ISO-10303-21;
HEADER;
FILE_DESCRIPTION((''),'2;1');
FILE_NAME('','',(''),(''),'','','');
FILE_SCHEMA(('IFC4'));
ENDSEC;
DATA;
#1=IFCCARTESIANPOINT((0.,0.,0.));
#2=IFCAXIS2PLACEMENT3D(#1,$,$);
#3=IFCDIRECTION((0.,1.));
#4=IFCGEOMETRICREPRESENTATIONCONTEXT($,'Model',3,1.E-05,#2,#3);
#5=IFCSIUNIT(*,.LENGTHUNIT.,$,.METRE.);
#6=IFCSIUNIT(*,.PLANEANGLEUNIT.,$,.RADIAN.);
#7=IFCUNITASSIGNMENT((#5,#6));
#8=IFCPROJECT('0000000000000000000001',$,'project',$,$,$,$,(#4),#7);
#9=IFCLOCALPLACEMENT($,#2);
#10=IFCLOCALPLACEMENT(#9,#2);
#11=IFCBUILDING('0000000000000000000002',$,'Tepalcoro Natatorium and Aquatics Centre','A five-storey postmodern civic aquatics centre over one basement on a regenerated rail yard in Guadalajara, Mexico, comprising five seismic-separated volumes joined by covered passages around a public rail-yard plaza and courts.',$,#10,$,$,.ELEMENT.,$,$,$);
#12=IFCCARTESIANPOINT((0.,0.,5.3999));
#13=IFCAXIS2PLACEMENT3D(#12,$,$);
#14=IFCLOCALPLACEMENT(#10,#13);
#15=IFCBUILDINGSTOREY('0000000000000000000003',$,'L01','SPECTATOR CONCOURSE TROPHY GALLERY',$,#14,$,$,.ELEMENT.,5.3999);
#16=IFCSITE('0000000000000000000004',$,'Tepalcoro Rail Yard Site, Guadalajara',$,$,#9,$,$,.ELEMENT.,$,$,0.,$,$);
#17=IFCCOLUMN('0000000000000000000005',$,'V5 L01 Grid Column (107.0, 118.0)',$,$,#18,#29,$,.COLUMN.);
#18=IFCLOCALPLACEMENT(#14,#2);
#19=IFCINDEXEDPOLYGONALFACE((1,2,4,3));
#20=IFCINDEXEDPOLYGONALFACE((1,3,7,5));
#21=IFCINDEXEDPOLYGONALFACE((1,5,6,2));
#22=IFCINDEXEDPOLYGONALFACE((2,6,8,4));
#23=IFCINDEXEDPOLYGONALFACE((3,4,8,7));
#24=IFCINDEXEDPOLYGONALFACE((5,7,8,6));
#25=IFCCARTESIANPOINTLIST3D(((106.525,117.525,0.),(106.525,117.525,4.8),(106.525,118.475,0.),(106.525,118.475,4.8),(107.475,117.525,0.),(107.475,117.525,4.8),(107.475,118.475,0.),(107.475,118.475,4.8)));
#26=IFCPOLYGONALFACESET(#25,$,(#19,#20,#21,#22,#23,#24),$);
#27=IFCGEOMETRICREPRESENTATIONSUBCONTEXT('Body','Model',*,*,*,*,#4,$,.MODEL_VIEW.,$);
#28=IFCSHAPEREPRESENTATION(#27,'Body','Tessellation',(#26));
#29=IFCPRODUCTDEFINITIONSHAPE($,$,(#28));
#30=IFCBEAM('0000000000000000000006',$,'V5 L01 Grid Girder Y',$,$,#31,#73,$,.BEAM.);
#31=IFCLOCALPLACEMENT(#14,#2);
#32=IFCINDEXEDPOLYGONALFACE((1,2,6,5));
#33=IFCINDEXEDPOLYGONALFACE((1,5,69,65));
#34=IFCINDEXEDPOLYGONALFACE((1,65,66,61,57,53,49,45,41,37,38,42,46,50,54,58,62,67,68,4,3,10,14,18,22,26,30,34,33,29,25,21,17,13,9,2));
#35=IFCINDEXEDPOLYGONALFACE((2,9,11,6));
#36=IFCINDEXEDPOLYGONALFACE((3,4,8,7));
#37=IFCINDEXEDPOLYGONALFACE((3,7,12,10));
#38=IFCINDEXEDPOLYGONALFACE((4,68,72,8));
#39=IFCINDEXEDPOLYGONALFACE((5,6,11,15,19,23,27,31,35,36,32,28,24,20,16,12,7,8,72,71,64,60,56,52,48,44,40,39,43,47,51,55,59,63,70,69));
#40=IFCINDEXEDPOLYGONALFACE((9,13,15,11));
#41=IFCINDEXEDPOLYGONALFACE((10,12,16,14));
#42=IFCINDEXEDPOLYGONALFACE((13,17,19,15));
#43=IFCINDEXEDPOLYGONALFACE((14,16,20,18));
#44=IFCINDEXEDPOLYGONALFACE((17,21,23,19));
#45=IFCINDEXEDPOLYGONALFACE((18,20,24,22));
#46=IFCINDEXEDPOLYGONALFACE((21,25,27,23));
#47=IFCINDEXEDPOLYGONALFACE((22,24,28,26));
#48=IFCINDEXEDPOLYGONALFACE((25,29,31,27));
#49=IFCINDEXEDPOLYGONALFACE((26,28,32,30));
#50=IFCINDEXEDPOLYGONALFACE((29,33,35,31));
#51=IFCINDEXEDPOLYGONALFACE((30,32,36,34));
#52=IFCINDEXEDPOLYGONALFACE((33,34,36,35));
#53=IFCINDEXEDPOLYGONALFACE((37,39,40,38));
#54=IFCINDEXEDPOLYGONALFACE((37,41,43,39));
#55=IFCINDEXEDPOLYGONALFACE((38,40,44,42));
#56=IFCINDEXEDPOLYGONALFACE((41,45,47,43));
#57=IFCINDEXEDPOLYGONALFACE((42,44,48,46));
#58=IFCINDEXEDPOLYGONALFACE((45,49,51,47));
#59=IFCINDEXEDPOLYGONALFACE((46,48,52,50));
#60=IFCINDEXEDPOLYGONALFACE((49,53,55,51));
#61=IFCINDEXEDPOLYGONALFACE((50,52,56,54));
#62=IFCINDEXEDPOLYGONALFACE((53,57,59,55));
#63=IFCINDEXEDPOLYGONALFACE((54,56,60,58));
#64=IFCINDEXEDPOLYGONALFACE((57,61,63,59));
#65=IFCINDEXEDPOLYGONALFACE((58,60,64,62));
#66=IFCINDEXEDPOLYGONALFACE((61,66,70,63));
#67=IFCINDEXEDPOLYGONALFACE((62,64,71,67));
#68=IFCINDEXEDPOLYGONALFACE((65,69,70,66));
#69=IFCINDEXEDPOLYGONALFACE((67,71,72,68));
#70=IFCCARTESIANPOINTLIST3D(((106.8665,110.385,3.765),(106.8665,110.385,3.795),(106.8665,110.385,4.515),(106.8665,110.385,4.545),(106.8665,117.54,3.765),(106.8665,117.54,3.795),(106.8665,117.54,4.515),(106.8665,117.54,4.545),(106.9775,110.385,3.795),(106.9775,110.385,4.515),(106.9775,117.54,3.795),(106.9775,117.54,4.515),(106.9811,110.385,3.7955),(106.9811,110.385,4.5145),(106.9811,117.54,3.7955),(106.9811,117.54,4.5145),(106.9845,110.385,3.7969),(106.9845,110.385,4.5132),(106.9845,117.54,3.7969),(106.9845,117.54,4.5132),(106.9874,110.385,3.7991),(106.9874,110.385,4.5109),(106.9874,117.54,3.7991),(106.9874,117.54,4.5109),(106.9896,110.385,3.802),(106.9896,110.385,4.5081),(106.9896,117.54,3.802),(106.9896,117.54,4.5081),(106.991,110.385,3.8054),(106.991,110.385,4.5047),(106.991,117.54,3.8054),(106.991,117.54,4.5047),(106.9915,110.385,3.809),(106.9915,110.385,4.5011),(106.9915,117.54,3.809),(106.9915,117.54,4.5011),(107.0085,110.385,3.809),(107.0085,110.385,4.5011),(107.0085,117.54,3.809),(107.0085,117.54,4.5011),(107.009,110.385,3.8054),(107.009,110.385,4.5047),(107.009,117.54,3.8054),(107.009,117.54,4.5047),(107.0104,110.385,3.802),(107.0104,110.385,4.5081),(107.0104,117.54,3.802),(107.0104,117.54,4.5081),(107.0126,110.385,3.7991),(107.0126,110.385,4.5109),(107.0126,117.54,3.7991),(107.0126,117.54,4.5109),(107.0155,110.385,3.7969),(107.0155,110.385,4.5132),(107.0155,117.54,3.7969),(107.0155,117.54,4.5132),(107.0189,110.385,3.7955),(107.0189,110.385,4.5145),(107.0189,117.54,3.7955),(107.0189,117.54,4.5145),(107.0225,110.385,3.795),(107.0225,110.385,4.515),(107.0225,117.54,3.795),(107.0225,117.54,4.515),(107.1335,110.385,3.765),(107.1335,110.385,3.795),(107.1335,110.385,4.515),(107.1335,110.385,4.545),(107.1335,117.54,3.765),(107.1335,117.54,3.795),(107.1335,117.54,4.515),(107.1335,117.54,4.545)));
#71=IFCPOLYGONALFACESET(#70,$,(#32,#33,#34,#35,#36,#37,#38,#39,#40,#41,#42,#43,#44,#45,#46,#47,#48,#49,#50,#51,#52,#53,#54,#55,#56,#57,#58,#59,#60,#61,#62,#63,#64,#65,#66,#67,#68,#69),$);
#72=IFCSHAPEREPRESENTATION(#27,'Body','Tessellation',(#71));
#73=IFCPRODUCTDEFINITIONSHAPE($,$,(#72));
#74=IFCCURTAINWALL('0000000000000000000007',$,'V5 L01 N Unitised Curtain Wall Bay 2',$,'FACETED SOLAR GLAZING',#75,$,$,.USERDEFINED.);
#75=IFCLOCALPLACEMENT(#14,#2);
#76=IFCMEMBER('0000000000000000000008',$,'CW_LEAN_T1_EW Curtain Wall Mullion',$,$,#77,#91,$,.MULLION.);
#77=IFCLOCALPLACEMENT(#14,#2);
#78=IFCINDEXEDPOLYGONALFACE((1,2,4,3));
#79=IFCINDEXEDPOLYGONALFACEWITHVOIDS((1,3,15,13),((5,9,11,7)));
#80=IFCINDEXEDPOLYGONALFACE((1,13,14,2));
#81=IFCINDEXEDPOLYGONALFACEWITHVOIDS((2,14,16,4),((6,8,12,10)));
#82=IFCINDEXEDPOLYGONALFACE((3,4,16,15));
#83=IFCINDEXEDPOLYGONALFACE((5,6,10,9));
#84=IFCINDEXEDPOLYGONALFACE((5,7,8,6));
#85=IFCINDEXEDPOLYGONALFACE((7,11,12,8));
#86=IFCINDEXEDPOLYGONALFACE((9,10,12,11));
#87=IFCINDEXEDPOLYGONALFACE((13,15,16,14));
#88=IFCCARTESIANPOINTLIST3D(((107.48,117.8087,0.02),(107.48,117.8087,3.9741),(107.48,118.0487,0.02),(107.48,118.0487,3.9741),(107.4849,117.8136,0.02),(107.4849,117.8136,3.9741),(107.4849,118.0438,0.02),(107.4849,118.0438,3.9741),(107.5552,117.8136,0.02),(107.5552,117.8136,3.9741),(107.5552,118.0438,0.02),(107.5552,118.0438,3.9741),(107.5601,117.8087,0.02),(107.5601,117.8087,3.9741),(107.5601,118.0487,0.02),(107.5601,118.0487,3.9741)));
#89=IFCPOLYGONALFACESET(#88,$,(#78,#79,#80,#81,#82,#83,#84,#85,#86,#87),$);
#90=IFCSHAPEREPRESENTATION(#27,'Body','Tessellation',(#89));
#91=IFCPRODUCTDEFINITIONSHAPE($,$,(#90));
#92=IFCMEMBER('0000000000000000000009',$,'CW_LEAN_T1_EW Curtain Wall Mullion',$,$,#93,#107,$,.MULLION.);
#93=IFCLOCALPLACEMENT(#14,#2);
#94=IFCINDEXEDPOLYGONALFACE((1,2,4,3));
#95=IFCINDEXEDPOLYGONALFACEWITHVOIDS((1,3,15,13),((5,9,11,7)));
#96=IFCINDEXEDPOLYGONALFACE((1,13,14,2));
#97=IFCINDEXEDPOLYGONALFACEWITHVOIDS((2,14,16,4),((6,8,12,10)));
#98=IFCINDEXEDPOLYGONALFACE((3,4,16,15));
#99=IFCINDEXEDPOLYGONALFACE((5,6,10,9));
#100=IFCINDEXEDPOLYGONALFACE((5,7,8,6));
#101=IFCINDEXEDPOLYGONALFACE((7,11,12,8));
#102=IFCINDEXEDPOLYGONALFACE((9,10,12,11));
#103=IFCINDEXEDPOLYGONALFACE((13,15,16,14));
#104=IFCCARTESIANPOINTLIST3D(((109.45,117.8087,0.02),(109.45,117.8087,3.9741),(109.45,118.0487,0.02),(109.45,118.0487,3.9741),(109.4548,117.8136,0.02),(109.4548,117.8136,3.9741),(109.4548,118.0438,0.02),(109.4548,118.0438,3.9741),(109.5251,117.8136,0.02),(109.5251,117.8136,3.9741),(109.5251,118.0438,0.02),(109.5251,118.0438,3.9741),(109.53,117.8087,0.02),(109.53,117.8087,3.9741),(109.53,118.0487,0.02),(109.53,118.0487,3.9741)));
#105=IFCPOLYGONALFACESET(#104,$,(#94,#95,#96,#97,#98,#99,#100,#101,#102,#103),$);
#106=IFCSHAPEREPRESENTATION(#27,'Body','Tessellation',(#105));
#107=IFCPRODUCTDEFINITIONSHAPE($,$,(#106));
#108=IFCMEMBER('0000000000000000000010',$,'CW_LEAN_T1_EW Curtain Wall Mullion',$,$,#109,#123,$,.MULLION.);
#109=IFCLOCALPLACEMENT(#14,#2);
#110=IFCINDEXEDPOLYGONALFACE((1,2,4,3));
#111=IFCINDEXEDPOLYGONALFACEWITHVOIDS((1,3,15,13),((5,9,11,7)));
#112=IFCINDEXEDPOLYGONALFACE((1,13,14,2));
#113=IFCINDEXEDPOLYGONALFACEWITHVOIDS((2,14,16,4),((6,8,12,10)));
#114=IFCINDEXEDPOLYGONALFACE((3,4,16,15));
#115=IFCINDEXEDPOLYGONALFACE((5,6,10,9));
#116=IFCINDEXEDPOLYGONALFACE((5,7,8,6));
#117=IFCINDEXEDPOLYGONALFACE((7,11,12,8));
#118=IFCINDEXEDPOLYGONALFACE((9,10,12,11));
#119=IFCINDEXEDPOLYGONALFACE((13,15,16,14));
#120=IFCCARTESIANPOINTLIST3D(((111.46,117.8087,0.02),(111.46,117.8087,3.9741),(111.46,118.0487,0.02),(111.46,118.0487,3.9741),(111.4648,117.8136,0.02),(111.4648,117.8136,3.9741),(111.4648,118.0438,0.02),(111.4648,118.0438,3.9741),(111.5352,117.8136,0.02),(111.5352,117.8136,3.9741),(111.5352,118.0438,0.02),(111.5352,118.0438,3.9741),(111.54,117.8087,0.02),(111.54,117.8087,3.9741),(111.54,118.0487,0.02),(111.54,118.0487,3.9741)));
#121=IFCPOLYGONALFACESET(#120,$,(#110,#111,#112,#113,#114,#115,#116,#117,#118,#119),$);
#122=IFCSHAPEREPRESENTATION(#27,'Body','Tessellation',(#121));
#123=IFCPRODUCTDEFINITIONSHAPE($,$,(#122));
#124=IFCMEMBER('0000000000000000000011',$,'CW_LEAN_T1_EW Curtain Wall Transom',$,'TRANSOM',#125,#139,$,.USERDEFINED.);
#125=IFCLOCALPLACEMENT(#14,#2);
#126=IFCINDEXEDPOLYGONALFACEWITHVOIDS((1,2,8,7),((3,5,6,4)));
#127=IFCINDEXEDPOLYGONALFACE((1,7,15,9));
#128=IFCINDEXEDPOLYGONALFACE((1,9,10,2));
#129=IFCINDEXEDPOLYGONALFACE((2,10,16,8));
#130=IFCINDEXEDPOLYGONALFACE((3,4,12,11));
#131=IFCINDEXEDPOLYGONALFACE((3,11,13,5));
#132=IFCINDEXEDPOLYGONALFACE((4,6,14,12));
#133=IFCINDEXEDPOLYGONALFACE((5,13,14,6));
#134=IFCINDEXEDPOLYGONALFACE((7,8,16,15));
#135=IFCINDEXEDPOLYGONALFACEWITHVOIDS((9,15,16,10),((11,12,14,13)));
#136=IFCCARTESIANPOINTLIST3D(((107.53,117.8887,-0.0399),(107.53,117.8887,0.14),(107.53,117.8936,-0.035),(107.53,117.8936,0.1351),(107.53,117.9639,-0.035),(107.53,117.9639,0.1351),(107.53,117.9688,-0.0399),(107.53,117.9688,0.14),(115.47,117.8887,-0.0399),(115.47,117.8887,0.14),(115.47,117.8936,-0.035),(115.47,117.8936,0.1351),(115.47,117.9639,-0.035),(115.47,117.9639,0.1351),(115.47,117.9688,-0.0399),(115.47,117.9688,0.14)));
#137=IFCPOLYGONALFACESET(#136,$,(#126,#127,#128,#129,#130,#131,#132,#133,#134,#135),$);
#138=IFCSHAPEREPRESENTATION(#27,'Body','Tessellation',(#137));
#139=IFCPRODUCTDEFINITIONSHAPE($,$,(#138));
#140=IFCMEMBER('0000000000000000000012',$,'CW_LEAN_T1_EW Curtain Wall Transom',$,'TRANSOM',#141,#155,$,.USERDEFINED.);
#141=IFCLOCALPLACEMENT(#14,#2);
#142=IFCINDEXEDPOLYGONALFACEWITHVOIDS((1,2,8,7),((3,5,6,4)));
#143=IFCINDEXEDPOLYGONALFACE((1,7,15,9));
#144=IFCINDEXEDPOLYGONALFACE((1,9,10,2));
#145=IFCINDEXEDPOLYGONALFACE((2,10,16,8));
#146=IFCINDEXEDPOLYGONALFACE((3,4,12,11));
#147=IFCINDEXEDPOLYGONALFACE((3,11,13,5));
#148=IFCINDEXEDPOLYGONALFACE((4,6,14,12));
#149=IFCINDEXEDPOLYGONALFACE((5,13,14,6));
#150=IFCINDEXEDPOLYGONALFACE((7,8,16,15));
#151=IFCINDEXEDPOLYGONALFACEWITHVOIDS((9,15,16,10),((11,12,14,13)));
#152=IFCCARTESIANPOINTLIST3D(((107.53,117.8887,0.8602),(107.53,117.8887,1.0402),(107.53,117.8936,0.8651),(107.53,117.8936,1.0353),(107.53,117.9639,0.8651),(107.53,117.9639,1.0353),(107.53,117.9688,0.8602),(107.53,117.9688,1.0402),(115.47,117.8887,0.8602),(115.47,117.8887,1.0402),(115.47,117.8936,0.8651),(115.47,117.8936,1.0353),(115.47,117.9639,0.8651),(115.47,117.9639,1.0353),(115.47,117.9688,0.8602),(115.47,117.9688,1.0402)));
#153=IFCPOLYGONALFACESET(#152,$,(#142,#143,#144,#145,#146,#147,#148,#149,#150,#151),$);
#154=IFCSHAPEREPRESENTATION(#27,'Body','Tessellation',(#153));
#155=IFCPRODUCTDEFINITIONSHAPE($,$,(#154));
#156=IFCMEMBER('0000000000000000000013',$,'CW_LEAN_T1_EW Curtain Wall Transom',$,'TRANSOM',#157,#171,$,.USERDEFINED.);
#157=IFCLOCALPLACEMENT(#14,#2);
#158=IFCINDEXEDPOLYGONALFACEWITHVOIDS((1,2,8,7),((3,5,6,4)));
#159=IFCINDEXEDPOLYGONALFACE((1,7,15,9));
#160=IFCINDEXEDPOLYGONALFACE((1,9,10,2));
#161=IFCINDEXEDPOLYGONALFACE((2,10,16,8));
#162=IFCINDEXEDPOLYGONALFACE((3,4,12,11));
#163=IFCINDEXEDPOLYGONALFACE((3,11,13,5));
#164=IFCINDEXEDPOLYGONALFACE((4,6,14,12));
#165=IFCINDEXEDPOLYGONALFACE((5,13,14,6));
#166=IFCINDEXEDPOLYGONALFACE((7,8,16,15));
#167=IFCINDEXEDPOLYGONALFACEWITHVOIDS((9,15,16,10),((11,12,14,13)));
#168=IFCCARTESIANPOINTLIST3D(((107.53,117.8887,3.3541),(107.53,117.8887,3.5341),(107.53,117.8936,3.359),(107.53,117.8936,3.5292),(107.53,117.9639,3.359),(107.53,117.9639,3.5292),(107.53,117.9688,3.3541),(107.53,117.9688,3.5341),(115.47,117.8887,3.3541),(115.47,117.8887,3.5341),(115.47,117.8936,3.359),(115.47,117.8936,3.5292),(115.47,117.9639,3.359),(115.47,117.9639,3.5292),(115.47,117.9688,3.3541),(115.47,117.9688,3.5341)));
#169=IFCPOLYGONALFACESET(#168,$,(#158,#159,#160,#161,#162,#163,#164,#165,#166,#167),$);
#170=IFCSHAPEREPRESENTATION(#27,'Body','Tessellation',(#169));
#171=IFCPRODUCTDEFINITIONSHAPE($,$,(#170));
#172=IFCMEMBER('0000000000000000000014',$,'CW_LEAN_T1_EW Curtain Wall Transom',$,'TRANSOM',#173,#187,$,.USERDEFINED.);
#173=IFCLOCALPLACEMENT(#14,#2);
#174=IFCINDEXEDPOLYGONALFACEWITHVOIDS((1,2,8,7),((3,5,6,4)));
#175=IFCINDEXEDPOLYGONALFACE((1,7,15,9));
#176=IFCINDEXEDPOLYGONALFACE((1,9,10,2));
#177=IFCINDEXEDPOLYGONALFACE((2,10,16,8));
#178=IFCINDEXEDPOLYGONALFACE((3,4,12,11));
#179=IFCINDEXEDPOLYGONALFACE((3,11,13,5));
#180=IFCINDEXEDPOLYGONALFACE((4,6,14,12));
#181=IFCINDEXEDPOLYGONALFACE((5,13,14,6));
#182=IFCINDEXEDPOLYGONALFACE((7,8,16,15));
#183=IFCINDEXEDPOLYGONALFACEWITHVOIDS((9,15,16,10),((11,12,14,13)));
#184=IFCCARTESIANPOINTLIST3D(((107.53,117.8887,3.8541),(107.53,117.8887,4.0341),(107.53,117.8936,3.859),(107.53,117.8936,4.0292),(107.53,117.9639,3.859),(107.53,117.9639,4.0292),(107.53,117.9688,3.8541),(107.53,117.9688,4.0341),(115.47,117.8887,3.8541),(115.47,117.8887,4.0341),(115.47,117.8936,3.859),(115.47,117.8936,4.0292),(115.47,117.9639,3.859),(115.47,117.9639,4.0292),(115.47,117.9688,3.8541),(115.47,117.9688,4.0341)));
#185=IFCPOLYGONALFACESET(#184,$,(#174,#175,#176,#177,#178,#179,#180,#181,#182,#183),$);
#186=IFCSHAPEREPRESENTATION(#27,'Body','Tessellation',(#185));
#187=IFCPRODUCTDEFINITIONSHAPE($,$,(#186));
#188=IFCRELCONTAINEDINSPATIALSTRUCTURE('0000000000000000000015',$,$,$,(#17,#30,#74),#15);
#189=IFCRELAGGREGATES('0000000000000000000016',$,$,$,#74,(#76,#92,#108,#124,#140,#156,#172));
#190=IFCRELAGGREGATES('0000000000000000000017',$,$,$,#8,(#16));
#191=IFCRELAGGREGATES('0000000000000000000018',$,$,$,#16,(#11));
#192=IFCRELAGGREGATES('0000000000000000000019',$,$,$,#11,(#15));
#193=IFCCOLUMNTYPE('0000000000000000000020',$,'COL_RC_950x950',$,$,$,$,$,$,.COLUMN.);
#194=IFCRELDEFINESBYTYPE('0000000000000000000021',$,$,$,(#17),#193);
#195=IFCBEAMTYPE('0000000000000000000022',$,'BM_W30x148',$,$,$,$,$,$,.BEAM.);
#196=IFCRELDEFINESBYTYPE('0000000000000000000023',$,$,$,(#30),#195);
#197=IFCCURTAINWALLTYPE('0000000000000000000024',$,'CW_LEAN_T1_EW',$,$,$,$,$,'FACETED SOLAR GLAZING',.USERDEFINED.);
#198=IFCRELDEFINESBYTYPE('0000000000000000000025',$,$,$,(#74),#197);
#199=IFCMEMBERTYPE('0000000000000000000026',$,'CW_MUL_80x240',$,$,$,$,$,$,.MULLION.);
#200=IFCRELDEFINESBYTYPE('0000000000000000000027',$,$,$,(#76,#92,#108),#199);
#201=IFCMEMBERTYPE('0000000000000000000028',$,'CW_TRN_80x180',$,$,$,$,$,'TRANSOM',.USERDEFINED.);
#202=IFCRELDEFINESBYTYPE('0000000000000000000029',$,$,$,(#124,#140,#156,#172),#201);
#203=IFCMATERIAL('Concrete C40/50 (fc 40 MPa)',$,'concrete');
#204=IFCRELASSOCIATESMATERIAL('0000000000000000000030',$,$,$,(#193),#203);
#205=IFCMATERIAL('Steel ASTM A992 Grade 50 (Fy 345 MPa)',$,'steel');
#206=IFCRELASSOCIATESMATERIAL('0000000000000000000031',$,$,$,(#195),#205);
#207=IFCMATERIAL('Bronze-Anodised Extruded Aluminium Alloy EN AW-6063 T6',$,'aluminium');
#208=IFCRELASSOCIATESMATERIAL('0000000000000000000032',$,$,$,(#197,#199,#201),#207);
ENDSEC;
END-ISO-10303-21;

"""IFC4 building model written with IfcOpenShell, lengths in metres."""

from ifc_helpers import new_model, si_unit, direction, frame, origin, origin_2d, place, context, subcontext, project, spatial, rectangle, hollow_rectangle, i_section, extrude, material, material_profile, profile_set, type_object, element, aggregate, save


model = new_model("IFC4")

# Units and contexts
model_context = context("Model", 3, precision=1e-05, world=origin(), true_north=direction((0.0, 1.0)))
body_context = subcontext(model_context, "Body", "Model", "MODEL_VIEW")
ifc_project = project(units=[si_unit("LENGTHUNIT", "METRE"), si_unit("PLANEANGLEUNIT", "RADIAN")], contexts=[model_context])

# Site, building, storey
site_placement = place(None, origin())
site = spatial("IfcSite", under=ifc_project, at=site_placement, Name="Tepalcoro Rail Yard Site, Guadalajara", CompositionType="ELEMENT", RefElevation=0.0)
building_placement = place(site_placement, origin())
building = spatial("IfcBuilding", under=site, at=building_placement, Name="Tepalcoro Natatorium and Aquatics Centre", Description="A five-storey postmodern civic aquatics centre over one basement on a regenerated rail yard in Guadalajara, Mexico, comprising five seismic-separated volumes joined by covered passages around a public rail-yard plaza and courts.", CompositionType="ELEMENT")
storey_placement = place(building_placement, frame((0.0, 0.0, 5.3999)))
storey = spatial("IfcBuildingStorey", under=building, at=storey_placement, Name="L01", Description="SPECTATOR CONCOURSE TROPHY GALLERY", CompositionType="ELEMENT", Elevation=5.3999)

# Column
ifc_material_1 = material(Name="Concrete C40/50 (fc 40 MPa)", Category="concrete")
ifc_material_profile_1 = material_profile(ifc_material_1, rectangle(XDim=0.95, YDim=0.95, at=origin_2d()), Name="RC950x950")
ifc_profile_set_1 = profile_set([ifc_material_profile_1], Name="Concrete C40/50 (fc 40 MPa)")
column_type = type_object("IfcColumnType", Name="COL_RC_950x950", PredefinedType="COLUMN", material=ifc_profile_set_1)
column_placement = place(storey_placement, frame((107.0, 118.0, 0.0), z_axis=(0.0, 0.0, 1.0), x_axis=(1.0, 0.0, 0.0)))
element("IfcColumn", 1, at=column_placement, inside=storey, type_object=column_type, Name="V5 L01 Grid Column (107.0, 118.0)", PredefinedType="COLUMN", context=body_context, shape_type="SweptSolid", body=[
    extrude(rectangle(XDim=0.95, YDim=0.95, at=origin_2d()), origin(), (0.0, 0.0, 1.0), 4.8),
])

# Beam
ifc_material_2 = material(Name="Steel ASTM A992 Grade 50 (Fy 345 MPa)", Category="steel")
ifc_material_profile_2 = material_profile(ifc_material_2, i_section(OverallWidth=0.2671, OverallDepth=0.78, WebThickness=0.0171, FlangeThickness=0.03, FilletRadius=0.0139, at=origin_2d()), Name="W30X148")
ifc_profile_set_2 = profile_set([ifc_material_profile_2], Name="Steel ASTM A992 Grade 50 (Fy 345 MPa)")
beam_type_1 = type_object("IfcBeamType", Name="BM_W30x148", PredefinedType="BEAM", material=ifc_profile_set_2)
beam_1_placement = place(storey_placement, frame((107.0, 110.385, 4.155), z_axis=(0.0, 1.0, 0.0), x_axis=(-1.0, 0.0, 0.0)))
element("IfcBeam", 2, at=beam_1_placement, inside=storey, type_object=beam_type_1, Name="V5 L01 Grid Girder Y", PredefinedType="BEAM", context=body_context, shape_type="SweptSolid", body=[
    extrude(i_section(OverallWidth=0.2671, OverallDepth=0.78, WebThickness=0.0171, FlangeThickness=0.03, FilletRadius=0.0139, at=origin_2d()), origin(), (0.0, 0.0, 1.0), 7.155),
])

# Curtain wall, members
ifc_material_3 = material(Name="Bronze-Anodised Extruded Aluminium Alloy EN AW-6063 T6", Category="aluminium")
curtain_wall_type = type_object("IfcCurtainWallType", Name="CW_LEAN_T1_EW", ElementType="FACETED SOLAR GLAZING", PredefinedType="USERDEFINED", material=ifc_material_3)
curtain_wall_placement = place(storey_placement, origin())
curtain_wall = element("IfcCurtainWall", 3, at=curtain_wall_placement, inside=storey, type_object=curtain_wall_type, Name="V5 L01 N Unitised Curtain Wall Bay 2", ObjectType="FACETED SOLAR GLAZING", PredefinedType="USERDEFINED")
ifc_material_profile_3 = material_profile(ifc_material_3, hollow_rectangle(XDim=0.0801, YDim=0.24, WallThickness=0.0049, at=origin_2d()), Name="AL80X240X5")
ifc_profile_set_3 = profile_set([ifc_material_profile_3], Name="Bronze-Anodised Extruded Aluminium Alloy EN AW-6063 T6")
member_type_1 = type_object("IfcMemberType", Name="CW_MUL_80x240", PredefinedType="MULLION", material=ifc_profile_set_3)
member_1_placement = place(storey_placement, frame((107.52, 117.9287, 0.02), z_axis=(0.0, 0.0, 1.0), x_axis=(1.0, 0.0, 0.0)))
member_1 = element("IfcMember", 4, at=member_1_placement, type_object=member_type_1, Name="CW_LEAN_T1_EW Curtain Wall Mullion", PredefinedType="MULLION", context=body_context, shape_type="SweptSolid", body=[
    extrude(hollow_rectangle(XDim=0.0801, YDim=0.24, WallThickness=0.0049, at=origin_2d()), origin(), (0.0, 0.0, 1.0), 3.9541),
])
member_2_placement = place(storey_placement, frame((109.49, 117.9287, 0.02), z_axis=(0.0, 0.0, 1.0), x_axis=(1.0, 0.0, 0.0)))
member_2 = element("IfcMember", 5, at=member_2_placement, type_object=member_type_1, Name="CW_LEAN_T1_EW Curtain Wall Mullion", PredefinedType="MULLION", context=body_context, shape_type="SweptSolid", body=[
    extrude(hollow_rectangle(XDim=0.0801, YDim=0.24, WallThickness=0.0049, at=origin_2d()), origin(), (0.0, 0.0, 1.0), 3.9541),
])
member_3_placement = place(storey_placement, frame((111.5, 117.9287, 0.02), z_axis=(0.0, 0.0, 1.0), x_axis=(1.0, 0.0, 0.0)))
member_3 = element("IfcMember", 6, at=member_3_placement, type_object=member_type_1, Name="CW_LEAN_T1_EW Curtain Wall Mullion", PredefinedType="MULLION", context=body_context, shape_type="SweptSolid", body=[
    extrude(hollow_rectangle(XDim=0.0801, YDim=0.24, WallThickness=0.0049, at=origin_2d()), origin(), (0.0, 0.0, 1.0), 3.9541),
])
ifc_material_profile_4 = material_profile(ifc_material_3, hollow_rectangle(XDim=0.0801, YDim=0.1799, WallThickness=0.0049, at=origin_2d()), Name="AL80X180X5")
ifc_profile_set_4 = profile_set([ifc_material_profile_4], Name="Bronze-Anodised Extruded Aluminium Alloy EN AW-6063 T6")
member_type_2 = type_object("IfcMemberType", Name="CW_TRN_80x180", ElementType="TRANSOM", PredefinedType="USERDEFINED", material=ifc_profile_set_4)
member_4_placement = place(storey_placement, frame((107.53, 117.9287, 0.05), z_axis=(1.0, 0.0, 0.0), x_axis=(0.0, 1.0, 0.0)))
member_4 = element("IfcMember", 7, at=member_4_placement, type_object=member_type_2, Name="CW_LEAN_T1_EW Curtain Wall Transom", ObjectType="TRANSOM", PredefinedType="USERDEFINED", context=body_context, shape_type="SweptSolid", body=[
    extrude(hollow_rectangle(XDim=0.0801, YDim=0.1799, WallThickness=0.0049, at=origin_2d()), origin(), (0.0, 0.0, 1.0), 7.9399),
])
member_5_placement = place(storey_placement, frame((107.53, 117.9287, 0.9502), z_axis=(1.0, 0.0, 0.0), x_axis=(0.0, 1.0, 0.0)))
member_5 = element("IfcMember", 8, at=member_5_placement, type_object=member_type_2, Name="CW_LEAN_T1_EW Curtain Wall Transom", ObjectType="TRANSOM", PredefinedType="USERDEFINED", context=body_context, shape_type="SweptSolid", body=[
    extrude(hollow_rectangle(XDim=0.0801, YDim=0.1799, WallThickness=0.0049, at=origin_2d()), origin(), (0.0, 0.0, 1.0), 7.9399),
])
member_6_placement = place(storey_placement, frame((107.53, 117.9287, 3.4441), z_axis=(1.0, 0.0, 0.0), x_axis=(0.0, 1.0, 0.0)))
member_6 = element("IfcMember", 9, at=member_6_placement, type_object=member_type_2, Name="CW_LEAN_T1_EW Curtain Wall Transom", ObjectType="TRANSOM", PredefinedType="USERDEFINED", context=body_context, shape_type="SweptSolid", body=[
    extrude(hollow_rectangle(XDim=0.0801, YDim=0.1799, WallThickness=0.0049, at=origin_2d()), origin(), (0.0, 0.0, 1.0), 7.9399),
])
member_7_placement = place(storey_placement, frame((107.53, 117.9287, 3.9441), z_axis=(1.0, 0.0, 0.0), x_axis=(0.0, 1.0, 0.0)))
member_7 = element("IfcMember", 10, at=member_7_placement, type_object=member_type_2, Name="CW_LEAN_T1_EW Curtain Wall Transom", ObjectType="TRANSOM", PredefinedType="USERDEFINED", context=body_context, shape_type="SweptSolid", body=[
    extrude(hollow_rectangle(XDim=0.0801, YDim=0.1799, WallThickness=0.0049, at=origin_2d()), origin(), (0.0, 0.0, 1.0), 7.9399),
])

aggregate(curtain_wall, [member_1, member_2, member_3, member_4, member_5, member_6, member_7])

save(model, "model.ifc")
